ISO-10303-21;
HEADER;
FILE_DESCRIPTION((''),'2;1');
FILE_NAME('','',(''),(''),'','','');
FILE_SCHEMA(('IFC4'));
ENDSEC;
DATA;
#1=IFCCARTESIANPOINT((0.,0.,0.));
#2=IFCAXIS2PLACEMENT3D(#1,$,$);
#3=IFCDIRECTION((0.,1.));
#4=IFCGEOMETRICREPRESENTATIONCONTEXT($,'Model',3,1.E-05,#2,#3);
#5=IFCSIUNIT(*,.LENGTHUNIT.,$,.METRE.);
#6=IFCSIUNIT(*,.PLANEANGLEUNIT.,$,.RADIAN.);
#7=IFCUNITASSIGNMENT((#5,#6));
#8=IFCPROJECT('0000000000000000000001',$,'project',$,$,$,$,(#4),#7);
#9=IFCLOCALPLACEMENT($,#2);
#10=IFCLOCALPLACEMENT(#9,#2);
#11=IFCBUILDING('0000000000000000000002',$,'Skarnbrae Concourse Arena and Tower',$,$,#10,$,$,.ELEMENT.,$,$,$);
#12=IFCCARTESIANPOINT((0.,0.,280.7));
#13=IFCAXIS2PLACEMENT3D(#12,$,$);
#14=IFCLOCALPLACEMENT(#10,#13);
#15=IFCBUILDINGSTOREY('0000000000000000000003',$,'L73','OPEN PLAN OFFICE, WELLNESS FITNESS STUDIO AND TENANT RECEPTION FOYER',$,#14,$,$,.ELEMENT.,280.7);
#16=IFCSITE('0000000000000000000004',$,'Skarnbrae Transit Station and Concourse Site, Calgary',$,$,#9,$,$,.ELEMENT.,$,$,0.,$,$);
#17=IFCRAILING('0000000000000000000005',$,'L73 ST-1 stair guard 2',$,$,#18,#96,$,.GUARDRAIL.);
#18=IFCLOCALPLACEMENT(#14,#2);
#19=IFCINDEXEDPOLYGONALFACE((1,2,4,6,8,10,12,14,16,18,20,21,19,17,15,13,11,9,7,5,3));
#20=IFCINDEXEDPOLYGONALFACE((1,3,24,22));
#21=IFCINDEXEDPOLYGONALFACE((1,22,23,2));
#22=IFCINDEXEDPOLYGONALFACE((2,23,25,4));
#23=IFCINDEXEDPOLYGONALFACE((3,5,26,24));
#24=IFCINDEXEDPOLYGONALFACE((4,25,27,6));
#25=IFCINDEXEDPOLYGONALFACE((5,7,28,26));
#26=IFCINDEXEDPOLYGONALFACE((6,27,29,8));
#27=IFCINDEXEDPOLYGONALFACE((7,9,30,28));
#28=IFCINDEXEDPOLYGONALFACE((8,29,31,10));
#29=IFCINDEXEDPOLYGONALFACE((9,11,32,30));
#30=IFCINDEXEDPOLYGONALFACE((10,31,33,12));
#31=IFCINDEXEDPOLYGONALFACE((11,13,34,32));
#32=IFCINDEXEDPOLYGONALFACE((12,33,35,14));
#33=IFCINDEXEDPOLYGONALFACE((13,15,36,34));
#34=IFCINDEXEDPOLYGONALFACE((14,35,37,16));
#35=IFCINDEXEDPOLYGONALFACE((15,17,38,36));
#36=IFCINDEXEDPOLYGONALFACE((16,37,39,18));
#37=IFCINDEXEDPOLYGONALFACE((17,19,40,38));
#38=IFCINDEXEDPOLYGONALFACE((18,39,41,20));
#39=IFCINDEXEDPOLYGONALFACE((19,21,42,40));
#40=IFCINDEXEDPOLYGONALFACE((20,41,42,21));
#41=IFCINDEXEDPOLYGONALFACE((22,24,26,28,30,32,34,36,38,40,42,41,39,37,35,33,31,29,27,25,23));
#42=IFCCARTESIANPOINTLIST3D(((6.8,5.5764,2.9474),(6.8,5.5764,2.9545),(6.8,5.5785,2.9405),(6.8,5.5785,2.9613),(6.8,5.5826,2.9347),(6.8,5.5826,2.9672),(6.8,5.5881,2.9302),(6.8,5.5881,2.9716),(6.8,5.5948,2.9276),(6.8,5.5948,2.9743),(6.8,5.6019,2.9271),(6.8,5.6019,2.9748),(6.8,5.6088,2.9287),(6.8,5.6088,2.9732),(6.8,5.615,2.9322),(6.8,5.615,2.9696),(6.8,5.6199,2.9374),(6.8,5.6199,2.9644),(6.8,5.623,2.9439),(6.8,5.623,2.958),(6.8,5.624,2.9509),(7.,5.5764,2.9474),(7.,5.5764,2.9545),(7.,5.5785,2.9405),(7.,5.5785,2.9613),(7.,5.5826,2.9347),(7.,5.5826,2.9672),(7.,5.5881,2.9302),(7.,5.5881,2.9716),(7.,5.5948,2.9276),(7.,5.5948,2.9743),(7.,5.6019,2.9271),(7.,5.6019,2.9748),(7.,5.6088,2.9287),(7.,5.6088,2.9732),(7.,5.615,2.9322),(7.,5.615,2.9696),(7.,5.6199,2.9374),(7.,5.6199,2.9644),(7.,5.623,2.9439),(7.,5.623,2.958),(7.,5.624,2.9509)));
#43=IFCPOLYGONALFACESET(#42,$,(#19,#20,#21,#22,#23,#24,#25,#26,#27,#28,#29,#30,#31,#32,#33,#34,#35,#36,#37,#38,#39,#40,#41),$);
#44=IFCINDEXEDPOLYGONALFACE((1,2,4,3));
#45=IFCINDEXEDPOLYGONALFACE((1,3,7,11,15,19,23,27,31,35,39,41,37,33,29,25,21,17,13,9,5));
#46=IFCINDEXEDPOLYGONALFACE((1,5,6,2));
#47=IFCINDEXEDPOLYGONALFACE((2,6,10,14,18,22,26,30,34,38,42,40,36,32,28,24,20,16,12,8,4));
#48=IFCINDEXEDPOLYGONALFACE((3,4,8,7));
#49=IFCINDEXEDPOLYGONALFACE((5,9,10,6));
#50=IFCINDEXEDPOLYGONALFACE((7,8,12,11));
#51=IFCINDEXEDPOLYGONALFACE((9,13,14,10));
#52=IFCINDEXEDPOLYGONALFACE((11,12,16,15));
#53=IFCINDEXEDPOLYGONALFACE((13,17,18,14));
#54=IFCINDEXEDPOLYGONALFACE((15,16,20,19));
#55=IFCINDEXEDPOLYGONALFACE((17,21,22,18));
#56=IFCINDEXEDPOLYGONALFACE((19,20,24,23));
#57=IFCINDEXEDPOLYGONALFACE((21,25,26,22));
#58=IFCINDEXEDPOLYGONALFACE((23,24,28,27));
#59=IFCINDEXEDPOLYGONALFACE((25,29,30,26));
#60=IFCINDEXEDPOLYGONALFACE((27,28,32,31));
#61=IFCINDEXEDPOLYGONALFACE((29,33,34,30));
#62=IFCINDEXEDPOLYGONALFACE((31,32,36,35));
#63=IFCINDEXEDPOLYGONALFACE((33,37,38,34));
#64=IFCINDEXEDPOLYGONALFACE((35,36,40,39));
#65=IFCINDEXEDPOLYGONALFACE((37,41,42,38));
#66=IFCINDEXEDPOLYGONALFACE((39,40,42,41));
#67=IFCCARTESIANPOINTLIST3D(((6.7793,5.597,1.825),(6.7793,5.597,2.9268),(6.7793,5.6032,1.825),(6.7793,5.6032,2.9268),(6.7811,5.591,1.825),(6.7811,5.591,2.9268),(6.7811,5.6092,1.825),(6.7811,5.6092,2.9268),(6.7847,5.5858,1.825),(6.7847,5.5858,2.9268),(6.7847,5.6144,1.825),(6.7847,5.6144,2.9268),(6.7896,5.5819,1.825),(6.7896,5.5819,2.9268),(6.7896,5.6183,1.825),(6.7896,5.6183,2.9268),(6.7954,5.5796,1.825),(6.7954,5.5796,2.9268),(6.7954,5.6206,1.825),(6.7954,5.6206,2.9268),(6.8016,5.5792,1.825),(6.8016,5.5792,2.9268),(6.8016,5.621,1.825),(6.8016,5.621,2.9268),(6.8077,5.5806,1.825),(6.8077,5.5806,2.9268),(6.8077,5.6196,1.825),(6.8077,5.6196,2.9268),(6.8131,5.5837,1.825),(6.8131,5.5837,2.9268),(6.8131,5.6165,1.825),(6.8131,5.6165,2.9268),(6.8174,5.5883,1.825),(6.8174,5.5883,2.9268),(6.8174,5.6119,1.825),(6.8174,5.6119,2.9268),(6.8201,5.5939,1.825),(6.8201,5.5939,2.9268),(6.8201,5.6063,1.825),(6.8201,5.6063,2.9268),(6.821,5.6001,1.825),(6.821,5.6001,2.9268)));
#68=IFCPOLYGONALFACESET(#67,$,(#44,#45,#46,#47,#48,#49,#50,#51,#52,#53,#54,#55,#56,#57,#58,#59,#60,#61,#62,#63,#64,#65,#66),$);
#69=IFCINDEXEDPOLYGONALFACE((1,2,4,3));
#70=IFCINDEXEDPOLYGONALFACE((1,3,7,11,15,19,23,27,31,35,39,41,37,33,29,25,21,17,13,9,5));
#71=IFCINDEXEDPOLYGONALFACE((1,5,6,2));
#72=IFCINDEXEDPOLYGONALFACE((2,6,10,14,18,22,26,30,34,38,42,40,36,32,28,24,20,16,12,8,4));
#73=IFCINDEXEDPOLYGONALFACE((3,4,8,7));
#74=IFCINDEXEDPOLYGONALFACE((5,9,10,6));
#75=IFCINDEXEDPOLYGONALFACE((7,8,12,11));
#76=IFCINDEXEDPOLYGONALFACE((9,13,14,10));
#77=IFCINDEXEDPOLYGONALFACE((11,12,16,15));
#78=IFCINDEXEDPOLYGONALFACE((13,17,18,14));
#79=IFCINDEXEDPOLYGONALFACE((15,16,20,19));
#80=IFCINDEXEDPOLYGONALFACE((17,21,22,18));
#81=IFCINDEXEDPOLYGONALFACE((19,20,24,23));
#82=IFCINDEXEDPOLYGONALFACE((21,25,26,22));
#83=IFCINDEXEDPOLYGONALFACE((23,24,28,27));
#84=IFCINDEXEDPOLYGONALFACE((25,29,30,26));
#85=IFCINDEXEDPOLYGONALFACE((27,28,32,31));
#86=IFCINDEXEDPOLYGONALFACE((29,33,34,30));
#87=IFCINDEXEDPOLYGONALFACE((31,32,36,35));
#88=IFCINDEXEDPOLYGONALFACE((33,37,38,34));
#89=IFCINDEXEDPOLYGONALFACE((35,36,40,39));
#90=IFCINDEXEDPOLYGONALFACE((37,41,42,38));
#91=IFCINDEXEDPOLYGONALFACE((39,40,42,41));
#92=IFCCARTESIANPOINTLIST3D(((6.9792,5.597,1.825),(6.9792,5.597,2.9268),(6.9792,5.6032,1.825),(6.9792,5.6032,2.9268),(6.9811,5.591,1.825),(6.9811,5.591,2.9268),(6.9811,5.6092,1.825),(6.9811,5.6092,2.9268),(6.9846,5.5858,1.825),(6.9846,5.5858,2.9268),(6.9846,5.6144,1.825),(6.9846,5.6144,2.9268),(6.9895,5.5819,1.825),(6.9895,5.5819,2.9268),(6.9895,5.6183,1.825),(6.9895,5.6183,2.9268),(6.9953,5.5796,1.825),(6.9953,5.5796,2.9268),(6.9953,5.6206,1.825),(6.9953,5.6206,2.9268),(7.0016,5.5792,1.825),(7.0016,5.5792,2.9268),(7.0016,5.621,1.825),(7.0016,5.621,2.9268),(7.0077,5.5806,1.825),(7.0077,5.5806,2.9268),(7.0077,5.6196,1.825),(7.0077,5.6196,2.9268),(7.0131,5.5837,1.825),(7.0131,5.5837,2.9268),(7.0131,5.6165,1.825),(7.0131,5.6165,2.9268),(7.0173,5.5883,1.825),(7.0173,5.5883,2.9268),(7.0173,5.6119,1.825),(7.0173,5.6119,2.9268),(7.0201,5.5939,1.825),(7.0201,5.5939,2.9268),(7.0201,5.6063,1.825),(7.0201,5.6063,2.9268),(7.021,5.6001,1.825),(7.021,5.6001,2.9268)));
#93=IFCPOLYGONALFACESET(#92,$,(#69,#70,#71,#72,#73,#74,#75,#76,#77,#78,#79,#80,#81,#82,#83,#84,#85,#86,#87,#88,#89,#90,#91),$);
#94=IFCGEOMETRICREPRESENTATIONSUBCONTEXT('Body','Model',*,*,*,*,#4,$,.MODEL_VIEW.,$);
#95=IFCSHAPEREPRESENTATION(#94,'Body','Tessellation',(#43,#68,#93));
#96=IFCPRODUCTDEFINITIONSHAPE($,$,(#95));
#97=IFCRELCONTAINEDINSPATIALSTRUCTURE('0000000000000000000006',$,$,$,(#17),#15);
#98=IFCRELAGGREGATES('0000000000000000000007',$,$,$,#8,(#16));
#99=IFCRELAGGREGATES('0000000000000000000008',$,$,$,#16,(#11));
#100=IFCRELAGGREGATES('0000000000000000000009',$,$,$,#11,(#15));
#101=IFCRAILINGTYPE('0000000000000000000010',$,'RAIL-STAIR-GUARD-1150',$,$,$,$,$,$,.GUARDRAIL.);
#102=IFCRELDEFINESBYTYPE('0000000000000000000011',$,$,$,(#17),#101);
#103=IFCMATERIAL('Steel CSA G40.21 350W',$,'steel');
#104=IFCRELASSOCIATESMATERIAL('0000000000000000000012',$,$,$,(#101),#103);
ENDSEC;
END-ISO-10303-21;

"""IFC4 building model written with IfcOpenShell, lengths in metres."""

from ifc_helpers import new_model, si_unit, direction, frame, origin, origin_2d, place, context, subcontext, project, spatial, circle, extrude, material, type_object, element, save


model = new_model("IFC4")

# Units and contexts
model_context = context("Model", 3, precision=1e-05, world=origin(), true_north=direction((0.0, 1.0)))
body_context = subcontext(model_context, "Body", "Model", "MODEL_VIEW")
ifc_project = project(units=[si_unit("LENGTHUNIT", "METRE"), si_unit("PLANEANGLEUNIT", "RADIAN")], contexts=[model_context])

# Site, building, storey
site_placement = place(None, origin())
site = spatial("IfcSite", under=ifc_project, at=site_placement, Name="Skarnbrae Transit Station and Concourse Site, Calgary", CompositionType="ELEMENT", RefElevation=0.0)
building_placement = place(site_placement, origin())
building = spatial("IfcBuilding", under=site, at=building_placement, Name="Skarnbrae Concourse Arena and Tower", CompositionType="ELEMENT")
storey_placement = place(building_placement, frame((0.0, 0.0, 280.7)))
storey = spatial("IfcBuildingStorey", under=building, at=storey_placement, Name="L73", Description="OPEN PLAN OFFICE, WELLNESS FITNESS STUDIO AND TENANT RECEPTION FOYER", CompositionType="ELEMENT", Elevation=280.7)

# Shared definitions
ifc_material_1 = material(Name="Steel CSA G40.21 350W", Category="steel")

# Railing
railing_type_1 = type_object("IfcRailingType", Name="RAIL-STAIR-GUARD-1150", PredefinedType="GUARDRAIL", material=ifc_material_1)
railing_1_placement = place(storey_placement, frame((6.8, 5.6001, 1.825)))
element("IfcRailing", 1, at=railing_1_placement, inside=storey, type_object=railing_type_1, Name="L73 ST-1 stair guard 2", PredefinedType="GUARDRAIL", context=body_context, shape_type="SweptSolid", body=[
    extrude(circle(Radius=0.0239, at=origin_2d()), frame((0.0, 0.0, 1.126), z_axis=(1.0, 0.0, 0.0), x_axis=(0.0, 1.0, 0.0)), (0.0, 0.0, 1.0), 0.2),
    extrude(circle(Radius=0.021, at=origin_2d()), origin(), (0.0, 0.0, 1.0), 1.1018),
    extrude(circle(Radius=0.021, at=origin_2d()), frame((0.2, 0.0, 0.0)), (0.0, 0.0, 1.0), 1.1018),
])

save(model, "model.ifc")
